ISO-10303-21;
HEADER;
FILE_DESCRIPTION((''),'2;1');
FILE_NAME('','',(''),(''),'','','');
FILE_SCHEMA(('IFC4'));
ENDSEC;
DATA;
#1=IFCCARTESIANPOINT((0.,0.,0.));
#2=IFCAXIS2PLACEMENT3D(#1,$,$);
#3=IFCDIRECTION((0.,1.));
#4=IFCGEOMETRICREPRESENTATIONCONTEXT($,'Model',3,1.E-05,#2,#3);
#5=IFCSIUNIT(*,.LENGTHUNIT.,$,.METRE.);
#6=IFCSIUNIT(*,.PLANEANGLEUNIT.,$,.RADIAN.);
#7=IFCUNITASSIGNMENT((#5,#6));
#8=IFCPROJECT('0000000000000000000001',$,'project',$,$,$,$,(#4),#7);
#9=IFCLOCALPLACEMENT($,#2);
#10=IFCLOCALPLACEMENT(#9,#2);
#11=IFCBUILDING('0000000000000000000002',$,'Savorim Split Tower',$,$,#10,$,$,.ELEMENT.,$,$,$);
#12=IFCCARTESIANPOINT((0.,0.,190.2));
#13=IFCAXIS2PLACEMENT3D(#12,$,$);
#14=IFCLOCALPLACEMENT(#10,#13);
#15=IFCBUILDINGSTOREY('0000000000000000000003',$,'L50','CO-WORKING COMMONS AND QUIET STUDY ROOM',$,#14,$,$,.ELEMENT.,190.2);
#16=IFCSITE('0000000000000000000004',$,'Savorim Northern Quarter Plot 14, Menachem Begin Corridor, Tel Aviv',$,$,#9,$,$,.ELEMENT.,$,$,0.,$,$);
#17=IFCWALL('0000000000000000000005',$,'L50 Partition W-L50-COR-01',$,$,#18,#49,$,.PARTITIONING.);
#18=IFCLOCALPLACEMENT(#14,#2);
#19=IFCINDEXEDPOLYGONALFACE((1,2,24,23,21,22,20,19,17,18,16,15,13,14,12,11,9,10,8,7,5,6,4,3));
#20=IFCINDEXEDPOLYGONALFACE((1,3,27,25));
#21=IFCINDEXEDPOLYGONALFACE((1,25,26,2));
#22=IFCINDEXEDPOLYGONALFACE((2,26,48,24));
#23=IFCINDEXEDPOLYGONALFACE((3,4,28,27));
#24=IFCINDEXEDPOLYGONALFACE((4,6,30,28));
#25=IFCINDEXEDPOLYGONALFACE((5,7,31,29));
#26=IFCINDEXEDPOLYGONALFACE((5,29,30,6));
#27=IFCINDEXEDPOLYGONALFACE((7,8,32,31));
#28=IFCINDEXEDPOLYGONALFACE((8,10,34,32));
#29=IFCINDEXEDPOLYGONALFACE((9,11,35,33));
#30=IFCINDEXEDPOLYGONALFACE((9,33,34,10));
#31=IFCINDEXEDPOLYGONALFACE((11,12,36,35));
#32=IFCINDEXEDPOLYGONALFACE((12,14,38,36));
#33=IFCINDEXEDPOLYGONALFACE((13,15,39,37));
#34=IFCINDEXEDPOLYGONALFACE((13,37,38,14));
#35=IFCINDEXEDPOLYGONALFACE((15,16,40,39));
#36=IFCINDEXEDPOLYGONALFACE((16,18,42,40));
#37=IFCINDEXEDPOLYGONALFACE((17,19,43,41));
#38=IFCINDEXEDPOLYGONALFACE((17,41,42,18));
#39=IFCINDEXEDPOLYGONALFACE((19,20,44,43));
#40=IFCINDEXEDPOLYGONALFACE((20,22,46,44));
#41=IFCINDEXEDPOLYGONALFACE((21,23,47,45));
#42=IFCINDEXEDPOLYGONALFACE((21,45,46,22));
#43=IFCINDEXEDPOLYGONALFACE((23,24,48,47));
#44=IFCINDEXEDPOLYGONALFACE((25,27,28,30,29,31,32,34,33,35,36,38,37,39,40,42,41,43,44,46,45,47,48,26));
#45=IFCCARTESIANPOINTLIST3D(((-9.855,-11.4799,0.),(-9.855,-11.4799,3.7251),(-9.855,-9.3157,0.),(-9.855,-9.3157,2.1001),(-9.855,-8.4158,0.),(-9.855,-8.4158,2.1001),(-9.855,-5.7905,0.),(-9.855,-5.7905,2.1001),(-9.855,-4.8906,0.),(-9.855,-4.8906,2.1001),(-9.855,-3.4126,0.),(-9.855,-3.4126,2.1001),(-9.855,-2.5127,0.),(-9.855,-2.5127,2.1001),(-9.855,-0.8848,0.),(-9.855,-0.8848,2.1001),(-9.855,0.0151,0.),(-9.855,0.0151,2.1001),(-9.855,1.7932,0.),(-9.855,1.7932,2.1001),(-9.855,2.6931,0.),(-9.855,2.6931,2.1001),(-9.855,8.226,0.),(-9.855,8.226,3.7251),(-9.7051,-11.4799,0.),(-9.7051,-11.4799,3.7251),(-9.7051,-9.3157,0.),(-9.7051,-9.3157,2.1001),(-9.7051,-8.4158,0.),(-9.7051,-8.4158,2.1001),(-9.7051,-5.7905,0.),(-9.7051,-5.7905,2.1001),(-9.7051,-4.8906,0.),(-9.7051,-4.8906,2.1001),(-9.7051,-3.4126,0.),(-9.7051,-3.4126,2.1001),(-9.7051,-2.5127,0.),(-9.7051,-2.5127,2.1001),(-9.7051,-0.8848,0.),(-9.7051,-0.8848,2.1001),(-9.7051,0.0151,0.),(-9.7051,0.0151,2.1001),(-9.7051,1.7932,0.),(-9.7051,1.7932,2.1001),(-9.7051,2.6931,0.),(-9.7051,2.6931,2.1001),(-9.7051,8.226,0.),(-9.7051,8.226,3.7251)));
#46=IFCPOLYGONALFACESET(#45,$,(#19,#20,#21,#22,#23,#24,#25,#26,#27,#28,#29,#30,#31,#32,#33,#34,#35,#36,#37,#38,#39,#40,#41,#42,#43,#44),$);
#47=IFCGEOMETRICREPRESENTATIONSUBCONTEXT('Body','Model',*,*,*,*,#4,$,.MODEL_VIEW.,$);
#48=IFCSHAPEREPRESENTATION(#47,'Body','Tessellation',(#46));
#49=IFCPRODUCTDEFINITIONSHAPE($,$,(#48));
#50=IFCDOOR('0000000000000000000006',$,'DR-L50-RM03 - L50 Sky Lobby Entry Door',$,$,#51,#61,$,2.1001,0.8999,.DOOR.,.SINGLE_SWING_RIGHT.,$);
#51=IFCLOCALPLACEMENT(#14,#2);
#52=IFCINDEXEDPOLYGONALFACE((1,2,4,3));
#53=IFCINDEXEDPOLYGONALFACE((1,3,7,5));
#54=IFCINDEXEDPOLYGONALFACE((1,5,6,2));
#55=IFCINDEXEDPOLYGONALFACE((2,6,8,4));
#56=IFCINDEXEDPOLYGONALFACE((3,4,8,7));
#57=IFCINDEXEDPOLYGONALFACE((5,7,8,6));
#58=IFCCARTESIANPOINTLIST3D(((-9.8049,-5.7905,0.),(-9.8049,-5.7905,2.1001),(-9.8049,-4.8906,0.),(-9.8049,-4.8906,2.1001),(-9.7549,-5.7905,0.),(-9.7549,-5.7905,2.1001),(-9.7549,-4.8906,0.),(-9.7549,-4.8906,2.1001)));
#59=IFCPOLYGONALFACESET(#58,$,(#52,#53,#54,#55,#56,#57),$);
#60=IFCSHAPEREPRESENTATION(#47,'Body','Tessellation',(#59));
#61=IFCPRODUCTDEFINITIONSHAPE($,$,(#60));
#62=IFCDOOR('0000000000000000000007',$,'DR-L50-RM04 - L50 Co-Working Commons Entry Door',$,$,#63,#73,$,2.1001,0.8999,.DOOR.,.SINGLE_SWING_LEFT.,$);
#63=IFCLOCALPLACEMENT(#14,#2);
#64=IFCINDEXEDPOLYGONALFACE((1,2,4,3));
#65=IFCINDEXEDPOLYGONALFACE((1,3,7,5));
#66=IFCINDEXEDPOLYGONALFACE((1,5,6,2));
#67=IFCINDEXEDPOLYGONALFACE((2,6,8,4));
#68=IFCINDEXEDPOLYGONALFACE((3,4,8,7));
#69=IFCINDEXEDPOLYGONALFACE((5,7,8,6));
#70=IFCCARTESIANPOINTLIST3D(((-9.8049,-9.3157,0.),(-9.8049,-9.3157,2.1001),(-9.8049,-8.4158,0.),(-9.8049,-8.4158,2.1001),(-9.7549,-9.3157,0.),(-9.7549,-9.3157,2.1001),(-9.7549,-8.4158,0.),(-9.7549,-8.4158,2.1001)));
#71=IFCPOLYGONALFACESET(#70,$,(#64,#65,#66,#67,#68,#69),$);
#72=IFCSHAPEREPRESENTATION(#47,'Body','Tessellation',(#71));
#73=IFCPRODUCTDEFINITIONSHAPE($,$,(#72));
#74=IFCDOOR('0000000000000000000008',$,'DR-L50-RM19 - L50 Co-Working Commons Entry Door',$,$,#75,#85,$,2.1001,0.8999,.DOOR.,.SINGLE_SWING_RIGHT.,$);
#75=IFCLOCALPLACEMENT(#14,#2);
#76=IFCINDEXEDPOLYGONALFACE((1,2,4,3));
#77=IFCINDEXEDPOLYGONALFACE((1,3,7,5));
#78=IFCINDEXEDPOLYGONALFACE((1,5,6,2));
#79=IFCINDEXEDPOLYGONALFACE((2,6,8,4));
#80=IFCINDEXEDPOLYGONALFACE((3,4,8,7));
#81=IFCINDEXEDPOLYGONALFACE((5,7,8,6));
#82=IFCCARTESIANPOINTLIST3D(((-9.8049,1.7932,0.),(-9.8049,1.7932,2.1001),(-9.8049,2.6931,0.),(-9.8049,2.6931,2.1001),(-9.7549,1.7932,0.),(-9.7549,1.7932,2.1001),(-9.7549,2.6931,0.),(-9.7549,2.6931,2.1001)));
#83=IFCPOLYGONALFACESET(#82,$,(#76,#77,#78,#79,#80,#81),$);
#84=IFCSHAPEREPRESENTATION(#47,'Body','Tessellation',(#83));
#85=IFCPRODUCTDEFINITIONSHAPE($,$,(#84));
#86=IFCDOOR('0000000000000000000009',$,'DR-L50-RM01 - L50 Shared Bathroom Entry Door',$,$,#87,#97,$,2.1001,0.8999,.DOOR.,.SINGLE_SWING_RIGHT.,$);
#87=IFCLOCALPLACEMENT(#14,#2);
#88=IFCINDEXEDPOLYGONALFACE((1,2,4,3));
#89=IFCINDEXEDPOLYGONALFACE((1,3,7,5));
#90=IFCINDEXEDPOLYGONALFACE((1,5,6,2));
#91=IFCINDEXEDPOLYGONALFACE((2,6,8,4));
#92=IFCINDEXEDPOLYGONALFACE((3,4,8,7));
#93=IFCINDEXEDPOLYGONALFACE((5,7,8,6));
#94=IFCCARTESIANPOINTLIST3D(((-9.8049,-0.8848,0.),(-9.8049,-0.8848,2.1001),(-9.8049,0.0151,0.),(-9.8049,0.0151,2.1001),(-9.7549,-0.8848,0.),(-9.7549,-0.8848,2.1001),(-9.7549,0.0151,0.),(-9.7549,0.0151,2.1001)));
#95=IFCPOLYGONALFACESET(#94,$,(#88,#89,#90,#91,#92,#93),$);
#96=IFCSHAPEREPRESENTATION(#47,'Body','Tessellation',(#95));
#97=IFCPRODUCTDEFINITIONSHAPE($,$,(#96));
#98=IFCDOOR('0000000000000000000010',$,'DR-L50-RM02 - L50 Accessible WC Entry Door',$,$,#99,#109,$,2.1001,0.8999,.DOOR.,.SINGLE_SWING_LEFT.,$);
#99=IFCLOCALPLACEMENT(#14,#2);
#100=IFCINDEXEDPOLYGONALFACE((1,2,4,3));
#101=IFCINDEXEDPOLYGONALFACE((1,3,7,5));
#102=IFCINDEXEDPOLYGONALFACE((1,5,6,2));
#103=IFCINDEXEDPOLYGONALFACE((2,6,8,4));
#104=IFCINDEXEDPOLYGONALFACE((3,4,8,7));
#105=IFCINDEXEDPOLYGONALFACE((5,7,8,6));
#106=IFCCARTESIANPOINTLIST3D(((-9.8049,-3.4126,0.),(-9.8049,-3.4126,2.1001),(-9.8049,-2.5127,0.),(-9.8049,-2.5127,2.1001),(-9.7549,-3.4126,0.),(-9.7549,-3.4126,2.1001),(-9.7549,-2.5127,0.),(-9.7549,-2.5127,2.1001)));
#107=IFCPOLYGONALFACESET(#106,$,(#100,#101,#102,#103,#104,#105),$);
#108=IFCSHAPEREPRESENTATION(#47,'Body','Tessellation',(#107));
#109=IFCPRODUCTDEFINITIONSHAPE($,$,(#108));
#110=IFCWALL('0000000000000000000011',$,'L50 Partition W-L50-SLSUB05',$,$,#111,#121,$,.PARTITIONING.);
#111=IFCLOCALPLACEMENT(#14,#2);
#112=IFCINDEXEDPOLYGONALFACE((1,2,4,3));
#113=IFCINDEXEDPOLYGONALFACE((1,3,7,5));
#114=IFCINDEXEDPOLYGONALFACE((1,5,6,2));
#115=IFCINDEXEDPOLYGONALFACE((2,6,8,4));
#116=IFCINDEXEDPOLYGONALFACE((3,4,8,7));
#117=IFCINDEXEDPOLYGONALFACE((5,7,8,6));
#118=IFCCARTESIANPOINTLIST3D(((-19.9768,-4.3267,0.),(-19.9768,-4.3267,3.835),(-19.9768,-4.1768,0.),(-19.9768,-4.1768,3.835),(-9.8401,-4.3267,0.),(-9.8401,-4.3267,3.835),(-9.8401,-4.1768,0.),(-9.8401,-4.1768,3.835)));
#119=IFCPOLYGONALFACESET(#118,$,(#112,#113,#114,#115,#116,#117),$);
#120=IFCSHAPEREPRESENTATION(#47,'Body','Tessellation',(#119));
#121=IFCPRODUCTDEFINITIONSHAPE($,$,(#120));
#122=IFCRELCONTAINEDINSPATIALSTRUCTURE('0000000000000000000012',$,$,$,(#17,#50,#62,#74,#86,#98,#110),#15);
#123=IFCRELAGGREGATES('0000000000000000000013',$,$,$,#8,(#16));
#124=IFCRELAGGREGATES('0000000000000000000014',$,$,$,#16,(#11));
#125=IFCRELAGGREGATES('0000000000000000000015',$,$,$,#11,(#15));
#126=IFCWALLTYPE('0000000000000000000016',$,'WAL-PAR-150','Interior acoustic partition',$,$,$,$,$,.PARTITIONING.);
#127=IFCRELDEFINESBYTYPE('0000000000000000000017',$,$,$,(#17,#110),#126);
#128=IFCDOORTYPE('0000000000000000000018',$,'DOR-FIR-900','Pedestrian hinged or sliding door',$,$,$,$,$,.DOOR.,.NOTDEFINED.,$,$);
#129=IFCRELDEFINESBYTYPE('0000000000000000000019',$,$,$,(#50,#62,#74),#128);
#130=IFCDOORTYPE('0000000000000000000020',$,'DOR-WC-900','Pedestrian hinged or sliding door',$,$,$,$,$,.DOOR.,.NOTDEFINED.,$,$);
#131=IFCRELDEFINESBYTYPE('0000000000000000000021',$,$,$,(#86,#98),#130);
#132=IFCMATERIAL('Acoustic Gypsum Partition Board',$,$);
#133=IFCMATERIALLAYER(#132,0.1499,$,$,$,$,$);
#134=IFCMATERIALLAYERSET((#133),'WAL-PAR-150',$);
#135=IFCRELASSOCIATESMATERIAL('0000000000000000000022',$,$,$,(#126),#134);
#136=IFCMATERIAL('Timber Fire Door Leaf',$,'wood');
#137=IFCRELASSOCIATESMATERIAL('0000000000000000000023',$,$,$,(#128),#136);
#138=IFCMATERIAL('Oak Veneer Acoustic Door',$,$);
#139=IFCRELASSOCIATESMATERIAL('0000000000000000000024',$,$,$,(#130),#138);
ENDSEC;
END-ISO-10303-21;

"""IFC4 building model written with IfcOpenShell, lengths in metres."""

from ifc_helpers import new_model, si_unit, direction, frame, frame_2d, origin, place, context, subcontext, project, spatial, rectangle, extrude, material, layer, layer_set, type_object, element, fill, save


model = new_model("IFC4")

# Units and contexts
model_context = context("Model", 3, precision=1e-05, world=origin(), true_north=direction((0.0, 1.0)))
body_context = subcontext(model_context, "Body", "Model", "MODEL_VIEW")
ifc_project = project(units=[si_unit("LENGTHUNIT", "METRE"), si_unit("PLANEANGLEUNIT", "RADIAN")], contexts=[model_context])

# Site, building, storey
site_placement = place(None, origin())
site = spatial("IfcSite", under=ifc_project, at=site_placement, Name="Savorim Northern Quarter Plot 14, Menachem Begin Corridor, Tel Aviv", CompositionType="ELEMENT", RefElevation=0.0)
building_placement = place(site_placement, origin())
building = spatial("IfcBuilding", under=site, at=building_placement, Name="Savorim Split Tower", CompositionType="ELEMENT")
storey_placement = place(building_placement, frame((0.0, 0.0, 190.2)))
storey = spatial("IfcBuildingStorey", under=building, at=storey_placement, Name="L50", Description="CO-WORKING COMMONS AND QUIET STUDY ROOM", CompositionType="ELEMENT", Elevation=190.2)

# Shared definitions
ifc_material_1 = material(Name="Timber Fire Door Leaf", Category="wood")

# Wall, openings, doors
ifc_material_2 = material(Name="Acoustic Gypsum Partition Board")
ifc_layer_1 = layer(ifc_material_2, 0.1499)
ifc_layer_set_1 = layer_set([ifc_layer_1], Name="WAL-PAR-150")
wall_type_1 = type_object("IfcWallType", Name="WAL-PAR-150", Description="Interior acoustic partition", PredefinedType="PARTITIONING", material=ifc_layer_set_1)
wall_1_placement = place(storey_placement, frame((-9.78, -11.48, 0.0), z_axis=(0.0, 0.0, 1.0), x_axis=(0.0, 1.0, 0.0)))
wall_1 = element("IfcWall", 1, at=wall_1_placement, inside=storey, type_object=wall_type_1, Name="L50 Partition W-L50-COR-01", PredefinedType="PARTITIONING", context=body_context, shape_type="SweptSolid", body=[
    extrude(rectangle(XDim=19.7058, YDim=0.1499, at=frame_2d((9.853, 0.0))), origin(), (0.0, 0.0, 1.0), 3.7251),
])
opening_1_placement = place(wall_1_placement, frame((10.5952, 0.0, 0.0)))
opening_1 = element("IfcOpeningElement", 2, at=opening_1_placement, cuts=wall_1, PredefinedType="OPENING", context=body_context, shape_type="SweptSolid", body=[
    extrude(rectangle(XDim=0.8999, YDim=2.1001, at=frame_2d((0.45, 1.05))), frame((0.0, 0.085, 0.0), z_axis=(0.0, -1.0, 0.0), x_axis=(1.0, 0.0, 0.0)), (0.0, 0.0, 1.0), 0.1699),
])
opening_2_placement = place(wall_1_placement, frame((8.0674, 0.0, 0.0)))
opening_2 = element("IfcOpeningElement", 3, at=opening_2_placement, cuts=wall_1, PredefinedType="OPENING", context=body_context, shape_type="SweptSolid", body=[
    extrude(rectangle(XDim=0.8999, YDim=2.1001, at=frame_2d((0.45, 1.05))), frame((0.0, 0.085, 0.0), z_axis=(0.0, -1.0, 0.0), x_axis=(1.0, 0.0, 0.0)), (0.0, 0.0, 1.0), 0.1699),
])
opening_3_placement = place(wall_1_placement, frame((5.6895, 0.0, 0.0)))
opening_3 = element("IfcOpeningElement", 4, at=opening_3_placement, cuts=wall_1, PredefinedType="OPENING", context=body_context, shape_type="SweptSolid", body=[
    extrude(rectangle(XDim=0.8999, YDim=2.1001, at=frame_2d((0.45, 1.05))), frame((0.0, 0.085, 0.0), z_axis=(0.0, -1.0, 0.0), x_axis=(1.0, 0.0, 0.0)), (0.0, 0.0, 1.0), 0.1699),
])
opening_4_placement = place(wall_1_placement, frame((2.1643, 0.0, 0.0)))
opening_4 = element("IfcOpeningElement", 5, at=opening_4_placement, cuts=wall_1, PredefinedType="OPENING", context=body_context, shape_type="SweptSolid", body=[
    extrude(rectangle(XDim=0.8999, YDim=2.1001, at=frame_2d((0.45, 1.05))), frame((0.0, 0.085, 0.0), z_axis=(0.0, -1.0, 0.0), x_axis=(1.0, 0.0, 0.0)), (0.0, 0.0, 1.0), 0.1699),
])
opening_5_placement = place(wall_1_placement, frame((13.2732, 0.0, 0.0)))
opening_5 = element("IfcOpeningElement", 6, at=opening_5_placement, cuts=wall_1, PredefinedType="OPENING", context=body_context, shape_type="SweptSolid", body=[
    extrude(rectangle(XDim=0.8999, YDim=2.1001, at=frame_2d((0.45, 1.05))), frame((0.0, 0.085, 0.0), z_axis=(0.0, -1.0, 0.0), x_axis=(1.0, 0.0, 0.0)), (0.0, 0.0, 1.0), 0.1699),
])
door_type_1 = type_object("IfcDoorType", Name="DOR-FIR-900", Description="Pedestrian hinged or sliding door", OperationType="NOTDEFINED", PredefinedType="DOOR", material=ifc_material_1)
door_1_placement = place(opening_3_placement, origin())
door_1 = element("IfcDoor", 7, at=door_1_placement, inside=storey, type_object=door_type_1, Name="DR-L50-RM03 - L50 Sky Lobby Entry Door", OperationType="SINGLE_SWING_RIGHT", OverallHeight=2.1001, OverallWidth=0.8999, PredefinedType="DOOR", context=body_context, shape_type="SweptSolid", body=[
    extrude(rectangle(XDim=0.8999, YDim=2.1001, at=frame_2d((0.45, 1.05))), frame((0.0, 0.0249, 0.0), z_axis=(0.0, -1.0, 0.0), x_axis=(1.0, 0.0, 0.0)), (0.0, 0.0, 1.0), 0.05),
])
fill(opening_3, door_1)
door_2_placement = place(opening_4_placement, origin())
door_2 = element("IfcDoor", 8, at=door_2_placement, inside=storey, type_object=door_type_1, Name="DR-L50-RM04 - L50 Co-Working Commons Entry Door", OperationType="SINGLE_SWING_LEFT", OverallHeight=2.1001, OverallWidth=0.8999, PredefinedType="DOOR", context=body_context, shape_type="SweptSolid", body=[
    extrude(rectangle(XDim=0.8999, YDim=2.1001, at=frame_2d((0.45, 1.05))), frame((0.0, 0.0249, 0.0), z_axis=(0.0, -1.0, 0.0), x_axis=(1.0, 0.0, 0.0)), (0.0, 0.0, 1.0), 0.05),
])
fill(opening_4, door_2)
door_3_placement = place(opening_5_placement, origin())
door_3 = element("IfcDoor", 9, at=door_3_placement, inside=storey, type_object=door_type_1, Name="DR-L50-RM19 - L50 Co-Working Commons Entry Door", OperationType="SINGLE_SWING_RIGHT", OverallHeight=2.1001, OverallWidth=0.8999, PredefinedType="DOOR", context=body_context, shape_type="SweptSolid", body=[
    extrude(rectangle(XDim=0.8999, YDim=2.1001, at=frame_2d((0.45, 1.05))), frame((0.0, 0.0249, 0.0), z_axis=(0.0, -1.0, 0.0), x_axis=(1.0, 0.0, 0.0)), (0.0, 0.0, 1.0), 0.05),
])
fill(opening_5, door_3)
ifc_material_3 = material(Name="Oak Veneer Acoustic Door")
door_type_2 = type_object("IfcDoorType", Name="DOR-WC-900", Description="Pedestrian hinged or sliding door", OperationType="NOTDEFINED", PredefinedType="DOOR", material=ifc_material_3)
door_4_placement = place(opening_1_placement, origin())
door_4 = element("IfcDoor", 10, at=door_4_placement, inside=storey, type_object=door_type_2, Name="DR-L50-RM01 - L50 Shared Bathroom Entry Door", OperationType="SINGLE_SWING_RIGHT", OverallHeight=2.1001, OverallWidth=0.8999, PredefinedType="DOOR", context=body_context, shape_type="SweptSolid", body=[
    extrude(rectangle(XDim=0.8999, YDim=2.1001, at=frame_2d((0.45, 1.05))), frame((0.0, 0.0249, 0.0), z_axis=(0.0, -1.0, 0.0), x_axis=(1.0, 0.0, 0.0)), (0.0, 0.0, 1.0), 0.05),
])
fill(opening_1, door_4)
door_5_placement = place(opening_2_placement, origin())
door_5 = element("IfcDoor", 11, at=door_5_placement, inside=storey, type_object=door_type_2, Name="DR-L50-RM02 - L50 Accessible WC Entry Door", OperationType="SINGLE_SWING_LEFT", OverallHeight=2.1001, OverallWidth=0.8999, PredefinedType="DOOR", context=body_context, shape_type="SweptSolid", body=[
    extrude(rectangle(XDim=0.8999, YDim=2.1001, at=frame_2d((0.45, 1.05))), frame((0.0, 0.0249, 0.0), z_axis=(0.0, -1.0, 0.0), x_axis=(1.0, 0.0, 0.0)), (0.0, 0.0, 1.0), 0.05),
])
fill(opening_2, door_5)

# Wall
wall_2_placement = place(storey_placement, frame((-9.8401, -4.2517, 0.0), z_axis=(0.0, 0.0, 1.0), x_axis=(-1.0, 0.0, 0.0)))
element("IfcWall", 12, at=wall_2_placement, inside=storey, type_object=wall_type_1, Name="L50 Partition W-L50-SLSUB05", PredefinedType="PARTITIONING", context=body_context, shape_type="SweptSolid", body=[
    extrude(rectangle(XDim=10.1367, YDim=0.1499, at=frame_2d((5.0684, 0.0))), origin(), (0.0, 0.0, 1.0), 3.835),
])

save(model, "model.ifc")
